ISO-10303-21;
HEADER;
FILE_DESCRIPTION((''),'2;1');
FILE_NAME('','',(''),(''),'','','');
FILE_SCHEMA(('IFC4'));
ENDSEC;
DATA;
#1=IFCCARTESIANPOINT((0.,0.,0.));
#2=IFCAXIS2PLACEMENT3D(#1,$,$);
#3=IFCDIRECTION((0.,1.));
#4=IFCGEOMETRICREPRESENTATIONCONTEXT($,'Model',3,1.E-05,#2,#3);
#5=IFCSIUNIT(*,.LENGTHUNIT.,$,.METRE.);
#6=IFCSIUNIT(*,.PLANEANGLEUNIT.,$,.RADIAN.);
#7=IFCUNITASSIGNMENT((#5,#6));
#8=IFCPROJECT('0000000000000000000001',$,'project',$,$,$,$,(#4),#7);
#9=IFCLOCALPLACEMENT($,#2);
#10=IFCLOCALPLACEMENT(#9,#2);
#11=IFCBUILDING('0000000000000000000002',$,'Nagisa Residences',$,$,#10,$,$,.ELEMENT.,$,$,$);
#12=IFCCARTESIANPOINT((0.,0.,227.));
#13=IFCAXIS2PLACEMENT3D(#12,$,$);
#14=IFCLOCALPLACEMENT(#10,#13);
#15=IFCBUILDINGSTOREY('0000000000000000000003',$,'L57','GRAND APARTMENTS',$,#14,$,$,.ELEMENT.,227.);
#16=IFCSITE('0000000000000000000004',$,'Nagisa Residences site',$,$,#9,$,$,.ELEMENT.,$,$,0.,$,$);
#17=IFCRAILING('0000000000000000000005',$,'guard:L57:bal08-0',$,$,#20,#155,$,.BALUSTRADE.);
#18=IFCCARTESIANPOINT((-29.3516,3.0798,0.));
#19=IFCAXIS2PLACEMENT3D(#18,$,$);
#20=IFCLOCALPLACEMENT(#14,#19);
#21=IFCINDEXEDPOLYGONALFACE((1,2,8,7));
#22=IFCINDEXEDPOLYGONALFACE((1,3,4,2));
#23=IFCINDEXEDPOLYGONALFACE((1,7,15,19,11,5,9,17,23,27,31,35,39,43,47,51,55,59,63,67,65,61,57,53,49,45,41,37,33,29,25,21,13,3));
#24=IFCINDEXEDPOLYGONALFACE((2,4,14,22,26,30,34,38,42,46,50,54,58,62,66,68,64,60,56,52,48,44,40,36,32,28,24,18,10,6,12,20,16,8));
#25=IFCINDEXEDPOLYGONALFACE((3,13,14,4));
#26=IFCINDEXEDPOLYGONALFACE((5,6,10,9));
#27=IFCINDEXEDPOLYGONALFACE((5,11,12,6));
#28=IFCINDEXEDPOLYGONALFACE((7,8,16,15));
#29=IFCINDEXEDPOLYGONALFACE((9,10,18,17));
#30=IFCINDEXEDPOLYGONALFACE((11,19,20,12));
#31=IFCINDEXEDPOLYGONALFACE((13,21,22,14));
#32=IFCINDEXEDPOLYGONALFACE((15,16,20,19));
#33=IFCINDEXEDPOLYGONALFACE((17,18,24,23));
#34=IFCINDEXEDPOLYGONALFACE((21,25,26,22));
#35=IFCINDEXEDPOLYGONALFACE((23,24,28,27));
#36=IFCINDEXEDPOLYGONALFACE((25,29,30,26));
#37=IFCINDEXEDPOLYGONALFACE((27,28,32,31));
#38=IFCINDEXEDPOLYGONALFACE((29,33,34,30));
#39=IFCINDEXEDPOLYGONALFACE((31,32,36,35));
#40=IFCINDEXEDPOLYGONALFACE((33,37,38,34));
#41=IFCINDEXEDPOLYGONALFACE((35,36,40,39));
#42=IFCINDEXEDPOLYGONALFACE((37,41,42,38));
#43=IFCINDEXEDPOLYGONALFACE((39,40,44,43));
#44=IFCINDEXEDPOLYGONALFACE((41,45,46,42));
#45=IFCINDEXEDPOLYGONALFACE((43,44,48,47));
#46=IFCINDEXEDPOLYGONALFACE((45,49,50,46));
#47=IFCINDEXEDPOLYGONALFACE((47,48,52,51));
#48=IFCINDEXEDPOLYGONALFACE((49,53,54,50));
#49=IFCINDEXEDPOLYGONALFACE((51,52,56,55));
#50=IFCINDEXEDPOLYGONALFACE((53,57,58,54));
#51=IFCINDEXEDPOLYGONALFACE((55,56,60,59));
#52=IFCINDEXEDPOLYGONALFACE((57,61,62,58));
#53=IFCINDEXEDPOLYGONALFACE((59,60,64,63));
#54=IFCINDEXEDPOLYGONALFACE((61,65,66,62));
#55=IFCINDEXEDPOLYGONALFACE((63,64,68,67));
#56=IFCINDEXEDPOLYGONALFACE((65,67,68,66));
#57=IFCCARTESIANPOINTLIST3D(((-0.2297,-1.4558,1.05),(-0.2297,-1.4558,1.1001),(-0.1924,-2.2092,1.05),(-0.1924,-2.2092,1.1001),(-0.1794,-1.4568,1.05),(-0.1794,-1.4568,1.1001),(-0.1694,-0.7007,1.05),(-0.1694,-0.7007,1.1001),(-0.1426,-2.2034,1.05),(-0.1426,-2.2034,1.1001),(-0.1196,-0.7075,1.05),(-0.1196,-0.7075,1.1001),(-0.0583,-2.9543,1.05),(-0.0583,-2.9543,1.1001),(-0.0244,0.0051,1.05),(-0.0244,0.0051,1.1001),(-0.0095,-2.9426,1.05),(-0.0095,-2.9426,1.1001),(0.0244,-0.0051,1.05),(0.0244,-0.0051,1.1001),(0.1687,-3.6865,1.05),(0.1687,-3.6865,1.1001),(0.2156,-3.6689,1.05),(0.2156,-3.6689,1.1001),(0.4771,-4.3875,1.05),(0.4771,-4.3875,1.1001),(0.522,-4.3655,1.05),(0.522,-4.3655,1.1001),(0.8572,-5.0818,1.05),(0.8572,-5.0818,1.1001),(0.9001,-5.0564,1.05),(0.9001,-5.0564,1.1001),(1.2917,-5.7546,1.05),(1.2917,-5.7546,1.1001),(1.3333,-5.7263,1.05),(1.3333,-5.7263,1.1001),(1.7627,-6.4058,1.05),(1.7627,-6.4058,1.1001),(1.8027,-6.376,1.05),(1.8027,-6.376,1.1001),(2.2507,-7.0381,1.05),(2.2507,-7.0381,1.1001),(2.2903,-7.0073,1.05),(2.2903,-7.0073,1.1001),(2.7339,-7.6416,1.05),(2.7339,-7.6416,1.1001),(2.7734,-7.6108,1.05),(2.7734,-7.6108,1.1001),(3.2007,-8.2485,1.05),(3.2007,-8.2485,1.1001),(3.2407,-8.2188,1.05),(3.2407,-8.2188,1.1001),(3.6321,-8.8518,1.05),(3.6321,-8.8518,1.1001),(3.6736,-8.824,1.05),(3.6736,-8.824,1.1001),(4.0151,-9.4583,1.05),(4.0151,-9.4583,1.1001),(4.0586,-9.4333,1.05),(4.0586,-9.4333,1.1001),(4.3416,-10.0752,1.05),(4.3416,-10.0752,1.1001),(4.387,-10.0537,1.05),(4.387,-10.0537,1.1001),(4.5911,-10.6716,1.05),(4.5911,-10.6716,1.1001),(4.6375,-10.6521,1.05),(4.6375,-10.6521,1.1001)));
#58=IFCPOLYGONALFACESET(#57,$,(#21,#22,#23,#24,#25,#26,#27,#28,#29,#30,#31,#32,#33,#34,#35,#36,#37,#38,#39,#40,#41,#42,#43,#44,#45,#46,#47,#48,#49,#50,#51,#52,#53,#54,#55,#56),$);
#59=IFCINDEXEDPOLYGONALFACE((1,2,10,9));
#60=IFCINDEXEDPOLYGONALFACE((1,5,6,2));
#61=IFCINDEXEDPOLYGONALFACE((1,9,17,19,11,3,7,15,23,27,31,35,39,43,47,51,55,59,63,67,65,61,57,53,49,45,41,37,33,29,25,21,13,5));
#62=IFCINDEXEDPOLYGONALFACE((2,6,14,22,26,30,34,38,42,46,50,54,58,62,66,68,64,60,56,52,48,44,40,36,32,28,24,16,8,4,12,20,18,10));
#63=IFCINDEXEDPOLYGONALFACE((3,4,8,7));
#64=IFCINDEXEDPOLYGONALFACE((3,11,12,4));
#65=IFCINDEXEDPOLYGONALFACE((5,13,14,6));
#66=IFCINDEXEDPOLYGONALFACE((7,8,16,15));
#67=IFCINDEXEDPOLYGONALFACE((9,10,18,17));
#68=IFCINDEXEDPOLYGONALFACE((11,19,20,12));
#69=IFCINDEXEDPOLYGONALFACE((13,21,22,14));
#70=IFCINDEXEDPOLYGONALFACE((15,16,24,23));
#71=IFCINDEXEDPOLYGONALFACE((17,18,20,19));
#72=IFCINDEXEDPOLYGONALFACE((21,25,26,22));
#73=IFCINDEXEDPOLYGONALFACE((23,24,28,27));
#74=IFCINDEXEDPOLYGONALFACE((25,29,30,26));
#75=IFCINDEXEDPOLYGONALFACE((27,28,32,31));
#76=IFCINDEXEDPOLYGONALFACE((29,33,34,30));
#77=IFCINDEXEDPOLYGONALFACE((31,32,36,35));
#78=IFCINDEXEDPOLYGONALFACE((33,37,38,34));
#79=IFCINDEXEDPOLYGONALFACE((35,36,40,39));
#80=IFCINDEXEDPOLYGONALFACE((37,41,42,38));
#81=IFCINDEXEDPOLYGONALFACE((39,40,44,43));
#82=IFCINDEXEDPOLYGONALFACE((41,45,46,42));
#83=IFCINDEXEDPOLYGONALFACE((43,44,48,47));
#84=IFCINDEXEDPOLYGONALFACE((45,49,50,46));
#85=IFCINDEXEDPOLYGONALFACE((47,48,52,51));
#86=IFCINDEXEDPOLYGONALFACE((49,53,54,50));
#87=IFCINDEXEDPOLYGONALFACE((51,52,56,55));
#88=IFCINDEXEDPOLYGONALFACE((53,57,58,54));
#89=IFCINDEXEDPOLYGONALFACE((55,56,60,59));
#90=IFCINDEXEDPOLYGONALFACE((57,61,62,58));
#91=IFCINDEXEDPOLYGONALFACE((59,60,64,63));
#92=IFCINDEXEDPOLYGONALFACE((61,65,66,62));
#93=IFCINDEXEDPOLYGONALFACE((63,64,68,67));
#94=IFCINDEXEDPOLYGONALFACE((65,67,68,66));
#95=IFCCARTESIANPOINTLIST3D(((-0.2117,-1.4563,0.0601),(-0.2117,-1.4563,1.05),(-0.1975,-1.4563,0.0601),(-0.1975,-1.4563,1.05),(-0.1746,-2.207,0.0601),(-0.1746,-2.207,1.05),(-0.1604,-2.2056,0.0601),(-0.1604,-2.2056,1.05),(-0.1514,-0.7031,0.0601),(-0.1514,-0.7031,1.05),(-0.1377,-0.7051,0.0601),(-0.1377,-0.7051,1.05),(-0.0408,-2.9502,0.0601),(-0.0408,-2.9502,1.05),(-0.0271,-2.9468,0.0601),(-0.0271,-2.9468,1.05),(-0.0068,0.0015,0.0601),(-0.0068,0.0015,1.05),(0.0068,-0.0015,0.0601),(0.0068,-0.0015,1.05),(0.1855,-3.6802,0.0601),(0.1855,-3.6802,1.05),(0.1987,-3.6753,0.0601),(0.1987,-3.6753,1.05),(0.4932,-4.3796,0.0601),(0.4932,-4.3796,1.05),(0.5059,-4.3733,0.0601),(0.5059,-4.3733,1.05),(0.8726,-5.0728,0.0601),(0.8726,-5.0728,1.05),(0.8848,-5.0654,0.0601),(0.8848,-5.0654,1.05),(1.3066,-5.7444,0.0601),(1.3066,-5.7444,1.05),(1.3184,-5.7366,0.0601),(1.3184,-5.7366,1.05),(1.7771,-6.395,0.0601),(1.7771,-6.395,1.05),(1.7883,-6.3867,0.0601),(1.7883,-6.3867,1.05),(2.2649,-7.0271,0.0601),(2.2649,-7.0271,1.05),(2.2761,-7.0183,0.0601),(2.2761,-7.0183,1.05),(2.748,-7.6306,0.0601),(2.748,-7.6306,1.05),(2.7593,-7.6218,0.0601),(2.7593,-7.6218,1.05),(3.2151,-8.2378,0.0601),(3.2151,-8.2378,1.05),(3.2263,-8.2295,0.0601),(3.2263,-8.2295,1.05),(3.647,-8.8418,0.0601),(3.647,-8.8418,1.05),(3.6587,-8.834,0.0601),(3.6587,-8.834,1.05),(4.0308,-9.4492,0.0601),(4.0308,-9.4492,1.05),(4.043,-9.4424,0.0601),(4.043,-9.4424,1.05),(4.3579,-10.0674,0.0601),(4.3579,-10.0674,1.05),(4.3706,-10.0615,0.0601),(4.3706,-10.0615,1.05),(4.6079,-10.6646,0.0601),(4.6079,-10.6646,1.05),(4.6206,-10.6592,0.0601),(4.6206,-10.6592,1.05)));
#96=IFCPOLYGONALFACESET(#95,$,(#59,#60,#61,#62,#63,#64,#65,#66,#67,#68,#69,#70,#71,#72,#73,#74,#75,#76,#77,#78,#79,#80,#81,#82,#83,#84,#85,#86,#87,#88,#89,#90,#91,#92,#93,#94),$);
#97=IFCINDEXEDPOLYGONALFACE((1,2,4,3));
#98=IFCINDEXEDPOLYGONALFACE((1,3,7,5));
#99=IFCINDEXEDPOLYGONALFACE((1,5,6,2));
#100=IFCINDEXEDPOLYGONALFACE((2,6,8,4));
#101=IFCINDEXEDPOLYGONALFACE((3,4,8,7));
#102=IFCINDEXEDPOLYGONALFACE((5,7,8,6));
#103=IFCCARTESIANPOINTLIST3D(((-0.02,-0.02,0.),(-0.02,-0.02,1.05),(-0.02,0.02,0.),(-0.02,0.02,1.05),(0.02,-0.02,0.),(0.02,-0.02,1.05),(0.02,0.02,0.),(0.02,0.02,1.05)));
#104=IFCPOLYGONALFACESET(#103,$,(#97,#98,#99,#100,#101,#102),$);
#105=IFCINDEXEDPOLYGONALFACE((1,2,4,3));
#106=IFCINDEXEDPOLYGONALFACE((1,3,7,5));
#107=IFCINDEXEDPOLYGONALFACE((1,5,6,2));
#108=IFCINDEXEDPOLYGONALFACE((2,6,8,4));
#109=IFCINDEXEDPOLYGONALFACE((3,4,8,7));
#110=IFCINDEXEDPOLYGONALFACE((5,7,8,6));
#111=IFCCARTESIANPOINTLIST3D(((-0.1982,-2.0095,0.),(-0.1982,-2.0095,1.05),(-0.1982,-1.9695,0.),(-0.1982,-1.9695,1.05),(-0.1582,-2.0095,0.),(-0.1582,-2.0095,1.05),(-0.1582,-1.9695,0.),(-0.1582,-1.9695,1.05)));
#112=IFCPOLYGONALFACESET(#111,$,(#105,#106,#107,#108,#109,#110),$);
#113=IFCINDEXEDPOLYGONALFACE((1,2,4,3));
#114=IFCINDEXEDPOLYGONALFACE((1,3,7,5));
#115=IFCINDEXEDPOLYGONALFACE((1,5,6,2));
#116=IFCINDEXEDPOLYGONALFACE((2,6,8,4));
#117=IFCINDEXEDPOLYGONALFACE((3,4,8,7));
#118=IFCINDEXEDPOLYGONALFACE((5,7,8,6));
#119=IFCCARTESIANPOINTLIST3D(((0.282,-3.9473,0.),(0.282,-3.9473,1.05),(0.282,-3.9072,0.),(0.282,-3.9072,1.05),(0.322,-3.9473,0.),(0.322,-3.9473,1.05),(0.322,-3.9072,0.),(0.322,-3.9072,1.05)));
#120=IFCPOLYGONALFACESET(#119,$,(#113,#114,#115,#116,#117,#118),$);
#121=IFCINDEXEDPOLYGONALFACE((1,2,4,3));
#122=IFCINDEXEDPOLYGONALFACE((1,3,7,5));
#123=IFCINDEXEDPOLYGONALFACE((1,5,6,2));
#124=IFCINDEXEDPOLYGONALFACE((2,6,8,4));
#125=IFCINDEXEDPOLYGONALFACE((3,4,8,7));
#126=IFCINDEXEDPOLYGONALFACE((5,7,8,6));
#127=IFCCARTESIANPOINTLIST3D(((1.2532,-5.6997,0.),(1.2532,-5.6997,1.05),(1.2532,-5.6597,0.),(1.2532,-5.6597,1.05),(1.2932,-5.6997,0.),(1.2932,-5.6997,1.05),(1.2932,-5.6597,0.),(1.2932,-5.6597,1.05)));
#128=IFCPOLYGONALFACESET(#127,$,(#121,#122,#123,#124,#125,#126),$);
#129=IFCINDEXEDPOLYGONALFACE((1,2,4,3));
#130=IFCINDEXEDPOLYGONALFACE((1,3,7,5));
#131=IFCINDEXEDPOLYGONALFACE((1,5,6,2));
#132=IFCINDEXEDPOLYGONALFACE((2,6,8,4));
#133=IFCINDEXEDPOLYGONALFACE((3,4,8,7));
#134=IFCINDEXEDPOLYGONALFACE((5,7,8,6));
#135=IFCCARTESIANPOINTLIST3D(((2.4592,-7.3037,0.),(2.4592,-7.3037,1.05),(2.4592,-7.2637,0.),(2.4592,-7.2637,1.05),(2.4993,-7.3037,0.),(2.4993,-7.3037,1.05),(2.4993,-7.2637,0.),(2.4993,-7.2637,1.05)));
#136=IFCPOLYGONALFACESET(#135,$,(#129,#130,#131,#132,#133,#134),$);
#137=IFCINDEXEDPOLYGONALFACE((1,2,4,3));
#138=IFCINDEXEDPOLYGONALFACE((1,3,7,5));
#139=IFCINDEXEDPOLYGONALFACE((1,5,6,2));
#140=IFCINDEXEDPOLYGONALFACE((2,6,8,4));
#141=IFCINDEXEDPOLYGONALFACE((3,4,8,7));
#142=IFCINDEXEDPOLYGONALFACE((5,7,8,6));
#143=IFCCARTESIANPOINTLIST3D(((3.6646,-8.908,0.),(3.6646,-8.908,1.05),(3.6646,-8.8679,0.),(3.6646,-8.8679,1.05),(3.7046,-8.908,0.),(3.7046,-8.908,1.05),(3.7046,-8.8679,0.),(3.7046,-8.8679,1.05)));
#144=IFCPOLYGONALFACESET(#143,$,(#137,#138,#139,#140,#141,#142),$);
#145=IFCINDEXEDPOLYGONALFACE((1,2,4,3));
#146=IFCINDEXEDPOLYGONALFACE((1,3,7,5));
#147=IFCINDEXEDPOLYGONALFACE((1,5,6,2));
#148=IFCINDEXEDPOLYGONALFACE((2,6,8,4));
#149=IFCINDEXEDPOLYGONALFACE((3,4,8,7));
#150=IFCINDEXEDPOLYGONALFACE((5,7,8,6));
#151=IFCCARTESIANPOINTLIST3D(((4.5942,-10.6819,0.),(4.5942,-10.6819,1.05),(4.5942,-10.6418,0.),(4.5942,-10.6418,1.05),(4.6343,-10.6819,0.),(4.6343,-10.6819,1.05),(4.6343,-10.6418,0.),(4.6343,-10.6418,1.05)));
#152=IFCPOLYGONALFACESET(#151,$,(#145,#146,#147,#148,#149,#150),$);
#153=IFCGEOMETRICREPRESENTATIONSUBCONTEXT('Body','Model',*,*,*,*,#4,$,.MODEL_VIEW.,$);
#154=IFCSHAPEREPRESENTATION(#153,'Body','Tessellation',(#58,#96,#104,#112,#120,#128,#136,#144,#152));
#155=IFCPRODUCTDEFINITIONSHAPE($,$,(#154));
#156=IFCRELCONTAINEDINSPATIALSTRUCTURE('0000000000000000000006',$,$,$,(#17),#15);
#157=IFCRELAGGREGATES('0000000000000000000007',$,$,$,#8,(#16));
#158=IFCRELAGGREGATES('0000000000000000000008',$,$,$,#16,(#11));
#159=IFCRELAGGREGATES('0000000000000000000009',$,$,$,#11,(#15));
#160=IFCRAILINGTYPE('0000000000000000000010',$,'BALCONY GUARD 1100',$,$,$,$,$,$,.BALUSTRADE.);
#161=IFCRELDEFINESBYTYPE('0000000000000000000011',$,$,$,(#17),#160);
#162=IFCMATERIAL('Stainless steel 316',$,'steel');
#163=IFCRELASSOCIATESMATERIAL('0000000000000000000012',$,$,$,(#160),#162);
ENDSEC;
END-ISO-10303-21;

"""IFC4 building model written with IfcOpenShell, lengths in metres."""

from ifc_helpers import new_model, si_unit, direction, frame, origin, origin_2d, place, context, subcontext, project, spatial, polyline, rectangle, outline, extrude, material, type_object, element, save


model = new_model("IFC4")

# Units and contexts
model_context = context("Model", 3, precision=1e-05, world=origin(), true_north=direction((0.0, 1.0)))
body_context = subcontext(model_context, "Body", "Model", "MODEL_VIEW")
ifc_project = project(units=[si_unit("LENGTHUNIT", "METRE"), si_unit("PLANEANGLEUNIT", "RADIAN")], contexts=[model_context])

# Site, building, storey
site_placement = place(None, origin())
site = spatial("IfcSite", under=ifc_project, at=site_placement, Name="Nagisa Residences site", CompositionType="ELEMENT", RefElevation=0.0)
building_placement = place(site_placement, origin())
building = spatial("IfcBuilding", under=site, at=building_placement, Name="Nagisa Residences", CompositionType="ELEMENT")
storey_placement = place(building_placement, frame((0.0, 0.0, 227.0)))
storey = spatial("IfcBuildingStorey", under=building, at=storey_placement, Name="L57", Description="GRAND APARTMENTS", CompositionType="ELEMENT", Elevation=227.0)

# Railing
ifc_material_1 = material(Name="Stainless steel 316", Category="steel")
railing_type = type_object("IfcRailingType", Name="BALCONY GUARD 1100", PredefinedType="BALUSTRADE", material=ifc_material_1)
railing_1_placement = place(storey_placement, frame((-29.3516, 3.0798, 0.0)))
element("IfcRailing", 1, at=railing_1_placement, inside=storey, type_object=railing_type, Name="guard:L57:bal08-0", PredefinedType="BALUSTRADE", context=body_context, shape_type="SweptSolid", body=[
    extrude(outline(polyline([(-0.1196, -0.7075), (0.0244, -0.0051), (-0.0244, 0.0051), (-0.1694, -0.7007), (-0.2297, -1.4558), (-0.1924, -2.2092), (-0.0583, -2.9543), (0.1687, -3.6865), (0.4771, -4.3875), (0.8572, -5.0818), (1.2917, -5.7546), (1.7627, -6.4058), (2.2507, -7.0381), (2.7339, -7.6416), (3.2007, -8.2485), (3.6321, -8.8518), (4.0151, -9.4583), (4.3416, -10.0752), (4.5911, -10.6716), (4.6375, -10.6521), (4.387, -10.0537), (4.0586, -9.4333), (3.6736, -8.824), (3.2407, -8.2188), (2.7734, -7.6108), (2.2903, -7.0073), (1.8027, -6.376), (1.3333, -5.7263), (0.9001, -5.0564), (0.522, -4.3655), (0.2156, -3.6689), (-0.0095, -2.9426), (-0.1426, -2.2034), (-0.1794, -1.4568), (-0.1196, -0.7075)])), frame((0.0, 0.0, 1.05)), (0.0, 0.0, 1.0), 0.05),
    extrude(outline(polyline([(-0.1377, -0.7051), (0.0068, -0.0015), (-0.0068, 0.0015), (-0.1514, -0.7031), (-0.2117, -1.4563), (-0.1746, -2.207), (-0.0408, -2.9502), (0.1855, -3.6802), (0.4932, -4.3796), (0.8726, -5.0728), (1.3066, -5.7444), (1.7771, -6.395), (2.2649, -7.0271), (2.748, -7.6306), (3.2151, -8.2378), (3.647, -8.8418), (4.0308, -9.4492), (4.3579, -10.0674), (4.6079, -10.6646), (4.6206, -10.6592), (4.3706, -10.0615), (4.043, -9.4424), (3.6587, -8.834), (3.2263, -8.2295), (2.7593, -7.6218), (2.2761, -7.0183), (1.7883, -6.3867), (1.3184, -5.7366), (0.8848, -5.0654), (0.5059, -4.3733), (0.1987, -3.6753), (-0.0271, -2.9468), (-0.1604, -2.2056), (-0.1975, -1.4563), (-0.1377, -0.7051)])), frame((0.0, 0.0, 0.0601)), (0.0, 0.0, 1.0), 0.99),
    extrude(rectangle(XDim=0.04, YDim=0.04, at=origin_2d()), origin(), (0.0, 0.0, 1.0), 1.05),
    extrude(rectangle(XDim=0.04, YDim=0.04, at=origin_2d()), frame((-0.1782, -1.9895, 0.0)), (0.0, 0.0, 1.0), 1.05),
    extrude(rectangle(XDim=0.04, YDim=0.04, at=origin_2d()), frame((0.302, -3.9272, 0.0)), (0.0, 0.0, 1.0), 1.05),
    extrude(rectangle(XDim=0.04, YDim=0.04, at=origin_2d()), frame((1.2732, -5.6797, 0.0)), (0.0, 0.0, 1.0), 1.05),
    extrude(rectangle(XDim=0.04, YDim=0.04, at=origin_2d()), frame((2.4792, -7.2837, 0.0)), (0.0, 0.0, 1.0), 1.05),
    extrude(rectangle(XDim=0.04, YDim=0.04, at=origin_2d()), frame((3.6846, -8.8879, 0.0)), (0.0, 0.0, 1.0), 1.05),
    extrude(rectangle(XDim=0.04, YDim=0.04, at=origin_2d()), frame((4.6143, -10.6619, 0.0)), (0.0, 0.0, 1.0), 1.05),
])

save(model, "model.ifc")
